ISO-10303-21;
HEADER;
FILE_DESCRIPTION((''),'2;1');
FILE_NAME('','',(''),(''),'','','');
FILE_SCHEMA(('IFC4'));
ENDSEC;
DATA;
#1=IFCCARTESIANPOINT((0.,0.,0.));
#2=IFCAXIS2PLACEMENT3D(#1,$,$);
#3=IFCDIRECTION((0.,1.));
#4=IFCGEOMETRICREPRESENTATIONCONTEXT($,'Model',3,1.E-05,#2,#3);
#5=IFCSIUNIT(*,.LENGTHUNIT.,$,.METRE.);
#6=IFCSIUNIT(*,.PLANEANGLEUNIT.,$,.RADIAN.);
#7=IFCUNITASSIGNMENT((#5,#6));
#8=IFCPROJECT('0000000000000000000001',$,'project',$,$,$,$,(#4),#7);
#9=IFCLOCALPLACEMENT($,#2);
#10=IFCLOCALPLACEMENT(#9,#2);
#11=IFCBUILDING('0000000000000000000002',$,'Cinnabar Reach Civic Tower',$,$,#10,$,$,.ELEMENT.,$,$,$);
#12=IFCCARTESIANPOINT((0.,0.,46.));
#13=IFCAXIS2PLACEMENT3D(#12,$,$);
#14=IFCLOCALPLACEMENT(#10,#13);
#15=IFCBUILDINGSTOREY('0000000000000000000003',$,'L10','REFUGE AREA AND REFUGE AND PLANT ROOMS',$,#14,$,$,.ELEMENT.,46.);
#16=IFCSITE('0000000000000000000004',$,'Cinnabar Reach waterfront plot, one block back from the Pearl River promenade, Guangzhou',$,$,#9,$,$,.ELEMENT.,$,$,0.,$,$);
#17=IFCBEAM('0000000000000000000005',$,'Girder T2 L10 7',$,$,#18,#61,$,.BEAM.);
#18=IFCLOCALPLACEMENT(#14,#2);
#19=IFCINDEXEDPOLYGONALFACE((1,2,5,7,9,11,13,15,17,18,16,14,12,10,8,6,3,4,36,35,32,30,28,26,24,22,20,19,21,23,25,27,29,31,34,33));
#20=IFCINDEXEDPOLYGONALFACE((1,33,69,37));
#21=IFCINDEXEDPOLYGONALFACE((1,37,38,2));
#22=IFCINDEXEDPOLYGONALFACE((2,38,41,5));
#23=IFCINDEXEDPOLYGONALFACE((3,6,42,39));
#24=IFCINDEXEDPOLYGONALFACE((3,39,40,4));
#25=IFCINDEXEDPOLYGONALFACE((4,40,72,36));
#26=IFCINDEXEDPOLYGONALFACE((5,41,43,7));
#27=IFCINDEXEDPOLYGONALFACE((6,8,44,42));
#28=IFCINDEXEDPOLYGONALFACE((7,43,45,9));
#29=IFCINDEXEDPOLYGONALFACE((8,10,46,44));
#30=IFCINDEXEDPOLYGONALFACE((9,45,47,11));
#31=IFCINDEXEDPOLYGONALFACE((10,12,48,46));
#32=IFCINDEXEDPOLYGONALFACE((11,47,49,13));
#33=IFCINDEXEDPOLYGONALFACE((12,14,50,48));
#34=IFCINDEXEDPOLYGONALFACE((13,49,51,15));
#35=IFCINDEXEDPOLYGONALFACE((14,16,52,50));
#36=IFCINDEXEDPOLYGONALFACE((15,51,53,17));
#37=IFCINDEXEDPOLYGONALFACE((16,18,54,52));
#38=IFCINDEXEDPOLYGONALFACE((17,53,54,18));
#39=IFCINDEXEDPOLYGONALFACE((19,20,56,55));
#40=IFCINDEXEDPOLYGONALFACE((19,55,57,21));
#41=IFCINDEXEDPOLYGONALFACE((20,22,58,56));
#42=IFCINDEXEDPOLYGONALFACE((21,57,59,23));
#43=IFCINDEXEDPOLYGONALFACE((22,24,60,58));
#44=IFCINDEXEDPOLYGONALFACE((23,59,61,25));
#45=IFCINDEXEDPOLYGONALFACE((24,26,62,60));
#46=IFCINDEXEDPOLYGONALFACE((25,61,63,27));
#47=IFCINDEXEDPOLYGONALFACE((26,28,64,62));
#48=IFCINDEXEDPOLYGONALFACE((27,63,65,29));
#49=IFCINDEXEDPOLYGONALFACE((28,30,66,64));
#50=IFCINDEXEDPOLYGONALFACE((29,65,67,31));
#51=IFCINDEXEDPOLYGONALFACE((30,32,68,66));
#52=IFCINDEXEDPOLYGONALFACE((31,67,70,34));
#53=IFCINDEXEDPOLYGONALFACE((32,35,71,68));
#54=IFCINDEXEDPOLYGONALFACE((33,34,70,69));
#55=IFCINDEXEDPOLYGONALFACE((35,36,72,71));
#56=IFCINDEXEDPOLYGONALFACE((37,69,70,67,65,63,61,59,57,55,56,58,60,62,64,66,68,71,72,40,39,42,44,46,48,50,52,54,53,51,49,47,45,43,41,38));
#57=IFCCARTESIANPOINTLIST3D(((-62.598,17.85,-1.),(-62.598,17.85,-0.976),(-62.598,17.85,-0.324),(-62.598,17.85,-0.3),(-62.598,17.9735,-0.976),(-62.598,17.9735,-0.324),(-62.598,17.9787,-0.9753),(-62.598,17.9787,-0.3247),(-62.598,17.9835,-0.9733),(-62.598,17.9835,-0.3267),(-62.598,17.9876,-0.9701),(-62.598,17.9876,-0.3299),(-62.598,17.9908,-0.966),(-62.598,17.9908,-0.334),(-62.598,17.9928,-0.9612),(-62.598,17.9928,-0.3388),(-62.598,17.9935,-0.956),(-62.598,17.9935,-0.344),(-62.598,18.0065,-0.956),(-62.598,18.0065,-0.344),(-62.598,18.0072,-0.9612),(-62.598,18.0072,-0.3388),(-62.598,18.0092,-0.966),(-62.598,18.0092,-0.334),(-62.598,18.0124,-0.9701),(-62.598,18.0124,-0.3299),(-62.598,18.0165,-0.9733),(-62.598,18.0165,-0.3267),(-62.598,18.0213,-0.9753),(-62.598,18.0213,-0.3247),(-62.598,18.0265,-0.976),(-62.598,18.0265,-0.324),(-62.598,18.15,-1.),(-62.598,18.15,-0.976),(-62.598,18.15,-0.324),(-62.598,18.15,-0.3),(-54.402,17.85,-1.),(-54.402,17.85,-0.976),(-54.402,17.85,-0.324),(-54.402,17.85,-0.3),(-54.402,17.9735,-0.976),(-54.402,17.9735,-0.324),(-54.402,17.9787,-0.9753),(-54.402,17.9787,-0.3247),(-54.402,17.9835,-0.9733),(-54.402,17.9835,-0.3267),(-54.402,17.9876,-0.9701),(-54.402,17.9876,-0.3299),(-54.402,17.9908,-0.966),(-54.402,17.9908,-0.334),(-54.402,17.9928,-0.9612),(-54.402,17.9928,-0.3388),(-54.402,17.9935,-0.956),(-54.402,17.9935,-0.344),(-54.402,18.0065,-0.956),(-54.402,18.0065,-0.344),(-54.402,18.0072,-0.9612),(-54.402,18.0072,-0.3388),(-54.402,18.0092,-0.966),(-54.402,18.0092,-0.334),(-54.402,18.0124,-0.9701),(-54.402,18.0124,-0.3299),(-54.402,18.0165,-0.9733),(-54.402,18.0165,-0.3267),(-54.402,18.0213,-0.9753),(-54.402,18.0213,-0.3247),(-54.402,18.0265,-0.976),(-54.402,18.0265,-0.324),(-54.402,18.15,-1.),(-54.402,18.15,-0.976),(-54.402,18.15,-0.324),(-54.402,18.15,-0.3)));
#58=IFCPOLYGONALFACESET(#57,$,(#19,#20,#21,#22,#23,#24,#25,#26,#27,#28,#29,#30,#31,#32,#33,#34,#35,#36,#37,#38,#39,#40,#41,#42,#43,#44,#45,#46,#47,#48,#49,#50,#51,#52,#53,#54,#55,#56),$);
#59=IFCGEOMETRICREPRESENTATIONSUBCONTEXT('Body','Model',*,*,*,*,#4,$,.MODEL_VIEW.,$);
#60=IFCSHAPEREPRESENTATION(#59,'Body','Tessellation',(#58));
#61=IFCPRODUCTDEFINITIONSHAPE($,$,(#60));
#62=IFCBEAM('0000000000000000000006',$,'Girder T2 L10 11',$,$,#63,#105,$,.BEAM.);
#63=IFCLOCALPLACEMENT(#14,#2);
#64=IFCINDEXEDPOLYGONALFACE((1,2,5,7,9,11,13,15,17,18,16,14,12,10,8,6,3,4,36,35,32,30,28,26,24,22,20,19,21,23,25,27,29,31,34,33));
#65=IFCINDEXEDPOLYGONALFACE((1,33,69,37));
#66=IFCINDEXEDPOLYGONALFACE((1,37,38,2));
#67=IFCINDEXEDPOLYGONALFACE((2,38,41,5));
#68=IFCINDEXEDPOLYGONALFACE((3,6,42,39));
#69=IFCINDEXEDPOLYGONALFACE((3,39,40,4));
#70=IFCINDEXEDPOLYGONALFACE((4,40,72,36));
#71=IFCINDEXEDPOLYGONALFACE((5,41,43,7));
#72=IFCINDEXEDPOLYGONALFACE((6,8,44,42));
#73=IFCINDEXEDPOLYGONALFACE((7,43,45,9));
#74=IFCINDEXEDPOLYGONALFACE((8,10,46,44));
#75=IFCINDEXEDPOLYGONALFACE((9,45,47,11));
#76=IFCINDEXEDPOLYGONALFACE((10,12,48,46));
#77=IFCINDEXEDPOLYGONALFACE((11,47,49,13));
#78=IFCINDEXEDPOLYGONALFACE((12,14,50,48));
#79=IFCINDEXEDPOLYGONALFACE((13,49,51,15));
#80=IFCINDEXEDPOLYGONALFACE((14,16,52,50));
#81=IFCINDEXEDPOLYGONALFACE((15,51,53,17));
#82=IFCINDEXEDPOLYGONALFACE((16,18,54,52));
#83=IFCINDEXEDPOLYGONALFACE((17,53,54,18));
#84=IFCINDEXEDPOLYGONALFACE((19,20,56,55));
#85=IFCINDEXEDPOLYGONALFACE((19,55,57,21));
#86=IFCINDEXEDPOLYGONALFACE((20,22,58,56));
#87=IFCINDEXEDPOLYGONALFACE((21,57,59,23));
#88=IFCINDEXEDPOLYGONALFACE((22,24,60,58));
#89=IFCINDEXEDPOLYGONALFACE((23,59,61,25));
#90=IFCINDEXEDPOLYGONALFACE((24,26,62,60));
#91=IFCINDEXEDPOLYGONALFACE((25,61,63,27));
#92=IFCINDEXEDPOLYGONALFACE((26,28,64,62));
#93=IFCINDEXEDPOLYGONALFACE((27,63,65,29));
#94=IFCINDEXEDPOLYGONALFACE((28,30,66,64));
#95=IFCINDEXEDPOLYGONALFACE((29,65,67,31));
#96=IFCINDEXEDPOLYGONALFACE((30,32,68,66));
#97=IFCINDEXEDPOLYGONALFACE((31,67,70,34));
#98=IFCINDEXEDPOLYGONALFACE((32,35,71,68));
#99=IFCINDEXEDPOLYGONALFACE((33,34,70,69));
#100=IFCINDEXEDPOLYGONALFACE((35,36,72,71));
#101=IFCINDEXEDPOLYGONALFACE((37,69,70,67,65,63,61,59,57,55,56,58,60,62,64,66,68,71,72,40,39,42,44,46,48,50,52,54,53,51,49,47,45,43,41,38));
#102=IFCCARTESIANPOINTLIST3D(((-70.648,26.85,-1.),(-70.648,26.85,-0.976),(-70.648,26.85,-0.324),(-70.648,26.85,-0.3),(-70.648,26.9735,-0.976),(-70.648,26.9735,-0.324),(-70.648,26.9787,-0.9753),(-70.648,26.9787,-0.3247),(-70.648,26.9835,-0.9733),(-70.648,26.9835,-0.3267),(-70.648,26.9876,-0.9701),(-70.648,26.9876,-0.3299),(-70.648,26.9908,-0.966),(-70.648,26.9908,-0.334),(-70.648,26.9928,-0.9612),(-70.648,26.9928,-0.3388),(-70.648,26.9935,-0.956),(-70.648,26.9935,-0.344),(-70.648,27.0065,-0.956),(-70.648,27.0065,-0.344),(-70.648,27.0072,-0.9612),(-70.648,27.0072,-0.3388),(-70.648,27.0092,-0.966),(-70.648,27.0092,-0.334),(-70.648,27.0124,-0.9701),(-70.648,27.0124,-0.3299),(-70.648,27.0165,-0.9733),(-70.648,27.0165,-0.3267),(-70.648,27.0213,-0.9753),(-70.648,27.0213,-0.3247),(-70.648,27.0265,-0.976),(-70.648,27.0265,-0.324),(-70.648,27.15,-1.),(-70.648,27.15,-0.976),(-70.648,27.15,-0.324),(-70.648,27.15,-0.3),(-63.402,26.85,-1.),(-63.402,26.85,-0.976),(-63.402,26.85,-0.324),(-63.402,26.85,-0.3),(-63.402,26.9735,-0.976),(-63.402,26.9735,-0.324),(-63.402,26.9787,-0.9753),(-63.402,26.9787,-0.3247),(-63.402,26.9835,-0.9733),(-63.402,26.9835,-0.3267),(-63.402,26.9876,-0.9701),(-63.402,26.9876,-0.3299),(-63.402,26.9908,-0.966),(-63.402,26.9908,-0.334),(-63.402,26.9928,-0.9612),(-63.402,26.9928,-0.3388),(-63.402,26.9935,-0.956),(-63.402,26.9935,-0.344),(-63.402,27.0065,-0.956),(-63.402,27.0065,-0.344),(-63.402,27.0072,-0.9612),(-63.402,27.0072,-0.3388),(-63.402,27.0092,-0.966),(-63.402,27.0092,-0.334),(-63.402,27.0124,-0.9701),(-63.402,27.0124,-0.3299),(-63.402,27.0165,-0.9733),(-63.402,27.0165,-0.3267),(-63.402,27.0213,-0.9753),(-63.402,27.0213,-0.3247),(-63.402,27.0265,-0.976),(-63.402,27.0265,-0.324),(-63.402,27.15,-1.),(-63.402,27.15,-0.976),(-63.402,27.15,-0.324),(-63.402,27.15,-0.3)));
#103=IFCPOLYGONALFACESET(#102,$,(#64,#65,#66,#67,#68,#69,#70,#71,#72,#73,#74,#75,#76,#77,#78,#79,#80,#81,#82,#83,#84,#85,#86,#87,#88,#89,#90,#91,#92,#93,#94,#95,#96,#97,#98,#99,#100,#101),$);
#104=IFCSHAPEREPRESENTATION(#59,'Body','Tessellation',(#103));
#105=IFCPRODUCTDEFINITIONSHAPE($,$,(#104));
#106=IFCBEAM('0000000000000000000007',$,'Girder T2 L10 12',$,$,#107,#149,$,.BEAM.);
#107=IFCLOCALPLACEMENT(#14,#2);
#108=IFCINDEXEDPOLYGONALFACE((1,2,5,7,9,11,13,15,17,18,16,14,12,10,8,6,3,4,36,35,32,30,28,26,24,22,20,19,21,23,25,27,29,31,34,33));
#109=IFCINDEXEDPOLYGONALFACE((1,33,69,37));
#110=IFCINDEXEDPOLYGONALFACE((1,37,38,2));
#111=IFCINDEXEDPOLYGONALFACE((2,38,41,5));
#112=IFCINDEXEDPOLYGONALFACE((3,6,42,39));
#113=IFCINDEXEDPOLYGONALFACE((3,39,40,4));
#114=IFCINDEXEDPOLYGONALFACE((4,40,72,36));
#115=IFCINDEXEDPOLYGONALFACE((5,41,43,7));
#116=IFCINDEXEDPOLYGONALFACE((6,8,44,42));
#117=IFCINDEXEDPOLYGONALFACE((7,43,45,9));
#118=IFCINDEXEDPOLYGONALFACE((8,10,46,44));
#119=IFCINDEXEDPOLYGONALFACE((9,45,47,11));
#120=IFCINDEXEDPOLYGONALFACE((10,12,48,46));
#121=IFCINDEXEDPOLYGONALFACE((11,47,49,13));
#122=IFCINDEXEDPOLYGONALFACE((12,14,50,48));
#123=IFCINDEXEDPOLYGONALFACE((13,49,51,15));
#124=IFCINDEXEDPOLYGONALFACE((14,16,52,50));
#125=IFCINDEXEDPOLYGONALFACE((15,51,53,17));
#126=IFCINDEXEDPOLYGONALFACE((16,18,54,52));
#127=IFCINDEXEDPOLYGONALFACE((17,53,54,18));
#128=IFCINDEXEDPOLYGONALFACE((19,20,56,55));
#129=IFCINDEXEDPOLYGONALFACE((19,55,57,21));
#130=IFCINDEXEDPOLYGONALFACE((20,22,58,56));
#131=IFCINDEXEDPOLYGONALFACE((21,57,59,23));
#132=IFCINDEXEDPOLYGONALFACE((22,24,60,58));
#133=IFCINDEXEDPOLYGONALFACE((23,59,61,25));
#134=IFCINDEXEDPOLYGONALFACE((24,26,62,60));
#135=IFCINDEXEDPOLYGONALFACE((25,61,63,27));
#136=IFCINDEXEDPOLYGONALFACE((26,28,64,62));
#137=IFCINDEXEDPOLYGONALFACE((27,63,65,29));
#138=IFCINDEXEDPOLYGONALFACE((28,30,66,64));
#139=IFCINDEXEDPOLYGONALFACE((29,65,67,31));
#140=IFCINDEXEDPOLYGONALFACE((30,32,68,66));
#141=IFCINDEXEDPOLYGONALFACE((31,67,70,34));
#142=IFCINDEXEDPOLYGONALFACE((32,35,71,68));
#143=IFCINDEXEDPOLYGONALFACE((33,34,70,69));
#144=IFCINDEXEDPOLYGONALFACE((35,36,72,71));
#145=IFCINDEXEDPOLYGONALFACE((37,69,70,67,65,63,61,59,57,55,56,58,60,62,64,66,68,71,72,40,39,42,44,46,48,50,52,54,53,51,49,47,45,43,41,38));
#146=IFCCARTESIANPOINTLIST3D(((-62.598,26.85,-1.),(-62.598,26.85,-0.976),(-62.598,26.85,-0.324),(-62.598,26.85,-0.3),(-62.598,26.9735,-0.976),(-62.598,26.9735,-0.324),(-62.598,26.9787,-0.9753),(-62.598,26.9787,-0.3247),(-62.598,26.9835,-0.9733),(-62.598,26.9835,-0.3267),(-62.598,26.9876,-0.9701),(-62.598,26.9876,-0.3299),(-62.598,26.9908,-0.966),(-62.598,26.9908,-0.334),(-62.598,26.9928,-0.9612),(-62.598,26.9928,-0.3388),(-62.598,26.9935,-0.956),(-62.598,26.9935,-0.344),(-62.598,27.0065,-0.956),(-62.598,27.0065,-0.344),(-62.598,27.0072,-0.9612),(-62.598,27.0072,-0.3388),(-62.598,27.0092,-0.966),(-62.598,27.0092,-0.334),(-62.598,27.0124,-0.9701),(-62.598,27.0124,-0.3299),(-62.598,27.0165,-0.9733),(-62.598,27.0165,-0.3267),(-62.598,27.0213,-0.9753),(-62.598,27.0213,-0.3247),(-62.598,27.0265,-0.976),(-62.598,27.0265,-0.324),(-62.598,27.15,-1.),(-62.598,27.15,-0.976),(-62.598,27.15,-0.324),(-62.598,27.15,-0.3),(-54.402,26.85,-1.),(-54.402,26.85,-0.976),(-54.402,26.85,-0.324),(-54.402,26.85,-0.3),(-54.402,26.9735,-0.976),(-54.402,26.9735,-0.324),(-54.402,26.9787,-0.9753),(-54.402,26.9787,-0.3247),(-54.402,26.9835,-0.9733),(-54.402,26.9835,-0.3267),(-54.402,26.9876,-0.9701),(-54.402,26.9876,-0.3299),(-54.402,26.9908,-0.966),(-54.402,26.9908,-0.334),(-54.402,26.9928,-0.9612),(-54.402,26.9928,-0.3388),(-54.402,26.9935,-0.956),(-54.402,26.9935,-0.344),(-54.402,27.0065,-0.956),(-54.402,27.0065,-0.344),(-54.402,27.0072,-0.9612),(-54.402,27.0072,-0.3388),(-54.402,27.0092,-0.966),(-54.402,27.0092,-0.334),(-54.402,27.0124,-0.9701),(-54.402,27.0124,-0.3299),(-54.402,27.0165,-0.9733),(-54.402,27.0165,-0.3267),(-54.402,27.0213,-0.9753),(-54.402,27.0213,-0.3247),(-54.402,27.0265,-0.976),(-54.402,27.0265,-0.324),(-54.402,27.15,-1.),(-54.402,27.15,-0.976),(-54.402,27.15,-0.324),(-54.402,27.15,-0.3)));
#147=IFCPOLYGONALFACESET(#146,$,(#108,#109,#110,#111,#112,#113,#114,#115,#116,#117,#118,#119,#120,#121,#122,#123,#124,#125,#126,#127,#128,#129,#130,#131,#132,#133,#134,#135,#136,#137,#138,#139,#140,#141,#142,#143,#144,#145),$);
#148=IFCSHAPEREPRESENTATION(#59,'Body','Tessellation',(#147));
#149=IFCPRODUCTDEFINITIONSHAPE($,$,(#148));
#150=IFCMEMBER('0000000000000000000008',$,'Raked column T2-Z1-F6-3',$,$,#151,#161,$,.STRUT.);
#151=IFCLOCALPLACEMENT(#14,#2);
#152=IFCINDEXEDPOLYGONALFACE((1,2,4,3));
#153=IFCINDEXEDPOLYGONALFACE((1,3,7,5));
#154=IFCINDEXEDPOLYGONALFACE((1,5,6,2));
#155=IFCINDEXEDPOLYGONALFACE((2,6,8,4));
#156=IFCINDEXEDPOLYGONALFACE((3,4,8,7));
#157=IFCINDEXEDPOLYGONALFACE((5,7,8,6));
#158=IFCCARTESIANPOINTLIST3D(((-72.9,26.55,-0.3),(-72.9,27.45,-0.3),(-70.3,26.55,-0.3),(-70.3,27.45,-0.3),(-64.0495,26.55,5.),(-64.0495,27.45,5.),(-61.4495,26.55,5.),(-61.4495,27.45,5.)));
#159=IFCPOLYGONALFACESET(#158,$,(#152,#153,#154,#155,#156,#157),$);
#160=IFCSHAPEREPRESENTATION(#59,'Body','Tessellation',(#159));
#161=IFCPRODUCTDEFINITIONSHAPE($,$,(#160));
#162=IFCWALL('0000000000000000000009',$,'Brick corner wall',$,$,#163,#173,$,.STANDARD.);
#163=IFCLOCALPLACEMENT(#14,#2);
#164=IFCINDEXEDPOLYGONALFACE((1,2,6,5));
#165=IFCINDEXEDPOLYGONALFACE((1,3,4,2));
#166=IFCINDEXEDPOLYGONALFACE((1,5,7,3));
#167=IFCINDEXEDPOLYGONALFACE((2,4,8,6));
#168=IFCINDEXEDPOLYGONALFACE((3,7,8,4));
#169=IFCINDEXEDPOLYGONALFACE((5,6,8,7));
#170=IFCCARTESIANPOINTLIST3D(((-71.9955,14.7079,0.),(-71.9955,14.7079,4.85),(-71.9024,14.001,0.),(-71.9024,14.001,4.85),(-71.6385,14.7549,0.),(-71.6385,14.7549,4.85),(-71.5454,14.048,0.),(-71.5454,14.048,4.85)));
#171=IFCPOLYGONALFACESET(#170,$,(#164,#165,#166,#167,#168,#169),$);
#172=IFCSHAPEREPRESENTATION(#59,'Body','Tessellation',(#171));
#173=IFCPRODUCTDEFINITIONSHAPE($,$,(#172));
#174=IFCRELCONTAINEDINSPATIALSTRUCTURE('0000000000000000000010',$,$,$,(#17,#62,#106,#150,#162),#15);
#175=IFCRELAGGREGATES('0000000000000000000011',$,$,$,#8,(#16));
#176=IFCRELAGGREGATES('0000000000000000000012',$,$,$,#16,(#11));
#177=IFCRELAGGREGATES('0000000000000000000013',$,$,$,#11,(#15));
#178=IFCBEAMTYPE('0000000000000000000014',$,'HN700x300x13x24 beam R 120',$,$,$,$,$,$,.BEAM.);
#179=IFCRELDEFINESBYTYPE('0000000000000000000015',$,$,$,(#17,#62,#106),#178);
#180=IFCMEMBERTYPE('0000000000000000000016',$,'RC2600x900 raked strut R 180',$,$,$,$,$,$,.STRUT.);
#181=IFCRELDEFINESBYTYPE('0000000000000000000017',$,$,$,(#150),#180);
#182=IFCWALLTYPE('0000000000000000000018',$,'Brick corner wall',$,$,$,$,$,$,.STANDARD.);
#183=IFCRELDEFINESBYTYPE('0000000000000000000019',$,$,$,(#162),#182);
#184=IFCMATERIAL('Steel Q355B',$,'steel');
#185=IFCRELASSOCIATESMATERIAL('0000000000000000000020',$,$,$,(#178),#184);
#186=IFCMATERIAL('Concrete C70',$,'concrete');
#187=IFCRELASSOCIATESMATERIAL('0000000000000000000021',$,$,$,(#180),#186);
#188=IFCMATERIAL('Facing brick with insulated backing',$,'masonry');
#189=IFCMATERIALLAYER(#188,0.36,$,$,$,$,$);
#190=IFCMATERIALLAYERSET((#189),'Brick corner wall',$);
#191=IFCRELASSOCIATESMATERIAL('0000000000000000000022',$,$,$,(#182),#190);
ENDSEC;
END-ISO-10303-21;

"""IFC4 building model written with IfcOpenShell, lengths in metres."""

from ifc_helpers import new_model, si_unit, direction, frame, frame_2d, origin, origin_2d, place, context, subcontext, project, spatial, rectangle, i_section, extrude, material, layer, layer_set, material_profile, profile_set, type_object, element, save


model = new_model("IFC4")

# Units and contexts
model_context = context("Model", 3, precision=1e-05, world=origin(), true_north=direction((0.0, 1.0)))
body_context = subcontext(model_context, "Body", "Model", "MODEL_VIEW")
ifc_project = project(units=[si_unit("LENGTHUNIT", "METRE"), si_unit("PLANEANGLEUNIT", "RADIAN")], contexts=[model_context])

# Site, building, storey
site_placement = place(None, origin())
site = spatial("IfcSite", under=ifc_project, at=site_placement, Name="Cinnabar Reach waterfront plot, one block back from the Pearl River promenade, Guangzhou", CompositionType="ELEMENT", RefElevation=0.0)
building_placement = place(site_placement, origin())
building = spatial("IfcBuilding", under=site, at=building_placement, Name="Cinnabar Reach Civic Tower", CompositionType="ELEMENT")
storey_placement = place(building_placement, frame((0.0, 0.0, 46.0)))
storey = spatial("IfcBuildingStorey", under=building, at=storey_placement, Name="L10", Description="REFUGE AREA AND REFUGE AND PLANT ROOMS", CompositionType="ELEMENT", Elevation=46.0)

# Shared definitions
ifc_material_1 = material(Name="Concrete C70", Category="concrete")

# Beams
ifc_material_2 = material(Name="Steel Q355B", Category="steel")
ifc_material_profile_1 = material_profile(ifc_material_2, i_section(OverallWidth=0.3, OverallDepth=0.7, WebThickness=0.013, FlangeThickness=0.024, FilletRadius=0.02, at=origin_2d()), Name="HN700x300x13x24")
ifc_profile_set_1 = profile_set([ifc_material_profile_1], Name="Steel Q355B")
beam_type_1 = type_object("IfcBeamType", Name="HN700x300x13x24 beam R 120", PredefinedType="BEAM", material=ifc_profile_set_1)
beam_1_placement = place(storey_placement, frame((-62.598, 18.0, -0.65), z_axis=(1.0, 0.0, 0.0), x_axis=(0.0, 1.0, 0.0)))
element("IfcBeam", 1, at=beam_1_placement, inside=storey, type_object=beam_type_1, Name="Girder T2 L10 7", PredefinedType="BEAM", context=body_context, shape_type="SweptSolid", body=[
    extrude(i_section(OverallWidth=0.3, OverallDepth=0.7, WebThickness=0.013, FlangeThickness=0.024, FilletRadius=0.02, at=origin_2d()), origin(), (0.0, 0.0, 1.0), 8.196),
])
beam_2_placement = place(storey_placement, frame((-70.648, 27.0, -0.65), z_axis=(1.0, 0.0, 0.0), x_axis=(0.0, 1.0, 0.0)))
element("IfcBeam", 2, at=beam_2_placement, inside=storey, type_object=beam_type_1, Name="Girder T2 L10 11", PredefinedType="BEAM", context=body_context, shape_type="SweptSolid", body=[
    extrude(i_section(OverallWidth=0.3, OverallDepth=0.7, WebThickness=0.013, FlangeThickness=0.024, FilletRadius=0.02, at=origin_2d()), origin(), (0.0, 0.0, 1.0), 7.246),
])
beam_3_placement = place(storey_placement, frame((-62.598, 27.0, -0.65), z_axis=(1.0, 0.0, 0.0), x_axis=(0.0, 1.0, 0.0)))
element("IfcBeam", 3, at=beam_3_placement, inside=storey, type_object=beam_type_1, Name="Girder T2 L10 12", PredefinedType="BEAM", context=body_context, shape_type="SweptSolid", body=[
    extrude(i_section(OverallWidth=0.3, OverallDepth=0.7, WebThickness=0.013, FlangeThickness=0.024, FilletRadius=0.02, at=origin_2d()), origin(), (0.0, 0.0, 1.0), 8.196),
])

# Member
ifc_material_profile_2 = material_profile(ifc_material_1, rectangle(XDim=2.6, YDim=0.9, at=origin_2d()), Name="RC2600x900")
ifc_profile_set_2 = profile_set([ifc_material_profile_2], Name="Concrete C70")
member_type = type_object("IfcMemberType", Name="RC2600x900 raked strut R 180", PredefinedType="STRUT", material=ifc_profile_set_2)
member_placement = place(storey_placement, frame((-71.6, 27.0, -0.3), z_axis=(0.0, 0.0, 1.0), x_axis=(1.0, 0.0, 0.0)))
element("IfcMember", 4, at=member_placement, inside=storey, type_object=member_type, Name="Raked column T2-Z1-F6-3", PredefinedType="STRUT", context=body_context, shape_type="SweptSolid", body=[
    extrude(rectangle(XDim=2.6, YDim=0.9, at=origin_2d()), origin(), (0.857933, 0.0, 0.513761), 10.3161),
])

# Wall
ifc_material_3 = material(Name="Facing brick with insulated backing", Category="masonry")
ifc_layer_1 = layer(ifc_material_3, 0.36)
ifc_layer_set_1 = layer_set([ifc_layer_1], Name="Brick corner wall")
wall_type_1 = type_object("IfcWallType", Name="Brick corner wall", PredefinedType="STANDARD", material=ifc_layer_set_1)
wall_1_placement = place(storey_placement, frame((-71.817, 14.7314, 0.0), z_axis=(0.0, 0.0, 1.0), x_axis=(0.130556, -0.991441, 0.0)))
element("IfcWall", 5, at=wall_1_placement, inside=storey, type_object=wall_type_1, Name="Brick corner wall", PredefinedType="STANDARD", context=body_context, shape_type="SweptSolid", body=[
    extrude(rectangle(XDim=0.7131, YDim=0.36, at=frame_2d((0.3565, 0.0))), origin(), (0.0, 0.0, 1.0), 4.85),
])

save(model, "model.ifc")
